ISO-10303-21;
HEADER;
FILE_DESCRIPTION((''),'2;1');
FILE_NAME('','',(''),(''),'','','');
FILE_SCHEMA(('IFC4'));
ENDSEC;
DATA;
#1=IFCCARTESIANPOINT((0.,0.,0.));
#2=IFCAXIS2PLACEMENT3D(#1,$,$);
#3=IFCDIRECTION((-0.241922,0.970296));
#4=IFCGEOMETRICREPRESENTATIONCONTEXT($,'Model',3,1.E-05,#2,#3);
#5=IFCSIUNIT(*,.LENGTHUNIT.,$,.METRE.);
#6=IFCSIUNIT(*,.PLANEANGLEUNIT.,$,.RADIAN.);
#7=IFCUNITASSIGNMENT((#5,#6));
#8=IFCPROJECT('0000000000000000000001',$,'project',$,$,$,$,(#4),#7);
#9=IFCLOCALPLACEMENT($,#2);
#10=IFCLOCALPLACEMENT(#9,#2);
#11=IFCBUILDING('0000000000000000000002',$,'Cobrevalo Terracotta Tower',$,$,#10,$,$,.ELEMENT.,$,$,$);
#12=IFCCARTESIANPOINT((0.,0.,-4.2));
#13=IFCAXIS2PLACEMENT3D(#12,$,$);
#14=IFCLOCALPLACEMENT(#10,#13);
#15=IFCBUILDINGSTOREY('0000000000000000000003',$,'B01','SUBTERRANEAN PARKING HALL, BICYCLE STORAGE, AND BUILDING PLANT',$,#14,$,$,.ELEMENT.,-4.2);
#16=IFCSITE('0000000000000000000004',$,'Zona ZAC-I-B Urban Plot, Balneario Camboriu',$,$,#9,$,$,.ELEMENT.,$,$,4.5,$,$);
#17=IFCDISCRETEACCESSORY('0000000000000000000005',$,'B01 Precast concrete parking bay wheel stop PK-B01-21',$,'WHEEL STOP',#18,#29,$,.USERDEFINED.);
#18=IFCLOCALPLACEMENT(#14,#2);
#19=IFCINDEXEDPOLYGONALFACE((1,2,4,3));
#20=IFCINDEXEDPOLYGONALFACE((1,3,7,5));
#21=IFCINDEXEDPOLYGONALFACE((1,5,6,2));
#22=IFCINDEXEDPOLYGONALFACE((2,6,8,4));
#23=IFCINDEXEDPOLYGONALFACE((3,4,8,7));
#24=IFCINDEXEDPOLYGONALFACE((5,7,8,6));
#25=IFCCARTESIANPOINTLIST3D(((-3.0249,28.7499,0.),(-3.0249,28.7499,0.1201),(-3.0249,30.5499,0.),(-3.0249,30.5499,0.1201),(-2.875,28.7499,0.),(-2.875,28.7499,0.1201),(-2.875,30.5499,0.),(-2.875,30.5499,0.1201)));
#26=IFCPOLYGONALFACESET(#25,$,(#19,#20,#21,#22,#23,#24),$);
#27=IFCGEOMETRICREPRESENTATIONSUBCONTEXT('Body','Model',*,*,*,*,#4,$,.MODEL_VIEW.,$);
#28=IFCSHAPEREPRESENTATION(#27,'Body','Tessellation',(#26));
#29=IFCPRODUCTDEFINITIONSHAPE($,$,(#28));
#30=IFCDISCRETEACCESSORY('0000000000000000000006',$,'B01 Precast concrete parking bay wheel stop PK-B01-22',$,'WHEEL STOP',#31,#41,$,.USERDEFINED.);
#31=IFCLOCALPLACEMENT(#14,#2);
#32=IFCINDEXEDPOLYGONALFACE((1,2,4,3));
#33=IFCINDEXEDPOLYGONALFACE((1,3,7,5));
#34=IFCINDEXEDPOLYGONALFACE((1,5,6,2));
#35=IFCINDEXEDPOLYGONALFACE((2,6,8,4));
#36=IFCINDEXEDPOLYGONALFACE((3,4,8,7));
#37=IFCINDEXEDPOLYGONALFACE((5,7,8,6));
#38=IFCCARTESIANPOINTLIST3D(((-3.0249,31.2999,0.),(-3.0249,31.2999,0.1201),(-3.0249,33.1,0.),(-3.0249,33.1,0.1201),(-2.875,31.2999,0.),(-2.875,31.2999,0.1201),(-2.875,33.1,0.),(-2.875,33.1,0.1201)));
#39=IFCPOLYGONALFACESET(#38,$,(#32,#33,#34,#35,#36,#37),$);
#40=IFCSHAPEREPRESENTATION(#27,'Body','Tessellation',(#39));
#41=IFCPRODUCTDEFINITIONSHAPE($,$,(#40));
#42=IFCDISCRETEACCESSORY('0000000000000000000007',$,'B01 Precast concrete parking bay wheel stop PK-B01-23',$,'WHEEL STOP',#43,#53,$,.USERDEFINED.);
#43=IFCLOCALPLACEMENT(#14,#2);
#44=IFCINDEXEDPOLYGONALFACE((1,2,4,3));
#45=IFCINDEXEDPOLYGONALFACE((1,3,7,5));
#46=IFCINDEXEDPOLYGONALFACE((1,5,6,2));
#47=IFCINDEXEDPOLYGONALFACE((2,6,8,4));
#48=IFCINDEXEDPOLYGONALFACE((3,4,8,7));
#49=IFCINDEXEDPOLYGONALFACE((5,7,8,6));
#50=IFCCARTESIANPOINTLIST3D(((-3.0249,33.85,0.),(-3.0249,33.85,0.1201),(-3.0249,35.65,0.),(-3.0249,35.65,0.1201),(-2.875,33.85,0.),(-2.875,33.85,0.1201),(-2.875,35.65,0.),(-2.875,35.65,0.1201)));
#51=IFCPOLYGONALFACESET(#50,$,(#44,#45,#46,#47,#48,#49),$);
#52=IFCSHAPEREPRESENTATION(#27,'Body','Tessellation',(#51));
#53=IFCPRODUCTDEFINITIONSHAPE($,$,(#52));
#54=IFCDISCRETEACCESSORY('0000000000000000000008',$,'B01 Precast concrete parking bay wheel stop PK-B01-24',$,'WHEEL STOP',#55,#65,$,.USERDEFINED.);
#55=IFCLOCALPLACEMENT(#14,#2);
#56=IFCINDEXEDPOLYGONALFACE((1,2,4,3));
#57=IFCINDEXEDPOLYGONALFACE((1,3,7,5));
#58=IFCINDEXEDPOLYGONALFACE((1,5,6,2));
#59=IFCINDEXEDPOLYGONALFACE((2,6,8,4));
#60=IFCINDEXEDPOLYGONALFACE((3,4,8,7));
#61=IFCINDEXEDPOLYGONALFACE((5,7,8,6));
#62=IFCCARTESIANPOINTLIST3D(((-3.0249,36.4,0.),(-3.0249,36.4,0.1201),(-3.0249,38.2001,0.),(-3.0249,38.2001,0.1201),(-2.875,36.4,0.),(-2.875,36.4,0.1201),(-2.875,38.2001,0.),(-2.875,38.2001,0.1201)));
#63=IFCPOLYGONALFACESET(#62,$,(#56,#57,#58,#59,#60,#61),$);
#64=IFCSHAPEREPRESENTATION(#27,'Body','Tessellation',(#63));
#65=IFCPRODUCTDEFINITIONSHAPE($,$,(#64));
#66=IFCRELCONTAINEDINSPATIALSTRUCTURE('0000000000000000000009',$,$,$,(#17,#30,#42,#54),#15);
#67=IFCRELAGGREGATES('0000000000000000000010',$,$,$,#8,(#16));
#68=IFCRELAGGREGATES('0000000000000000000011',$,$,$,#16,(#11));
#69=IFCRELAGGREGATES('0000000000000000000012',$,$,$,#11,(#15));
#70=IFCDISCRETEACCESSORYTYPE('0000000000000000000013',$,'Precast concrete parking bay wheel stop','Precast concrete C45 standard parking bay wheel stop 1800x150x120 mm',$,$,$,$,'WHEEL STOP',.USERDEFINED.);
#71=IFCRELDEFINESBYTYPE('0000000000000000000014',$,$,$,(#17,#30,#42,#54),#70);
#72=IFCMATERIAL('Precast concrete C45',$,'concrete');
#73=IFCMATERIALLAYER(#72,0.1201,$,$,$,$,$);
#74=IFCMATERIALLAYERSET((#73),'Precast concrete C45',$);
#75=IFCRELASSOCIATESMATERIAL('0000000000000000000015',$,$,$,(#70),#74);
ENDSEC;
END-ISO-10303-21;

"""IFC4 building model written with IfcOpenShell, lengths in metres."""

from ifc_helpers import new_model, si_unit, direction, frame, origin, origin_2d, place, context, subcontext, project, spatial, rectangle, extrude, source, transform, mapped, material, layer, layer_set, type_object, element, save


model = new_model("IFC4")

# Units and contexts
model_context = context("Model", 3, precision=1e-05, world=origin(), true_north=direction((-0.241922, 0.970296)))
body_context = subcontext(model_context, "Body", "Model", "MODEL_VIEW")
ifc_project = project(units=[si_unit("LENGTHUNIT", "METRE"), si_unit("PLANEANGLEUNIT", "RADIAN")], contexts=[model_context])

# Site, building, storey
site_placement = place(None, origin())
site = spatial("IfcSite", under=ifc_project, at=site_placement, Name="Zona ZAC-I-B Urban Plot, Balneario Camboriu", CompositionType="ELEMENT", RefElevation=4.5)
building_placement = place(site_placement, origin())
building = spatial("IfcBuilding", under=site, at=building_placement, Name="Cobrevalo Terracotta Tower", CompositionType="ELEMENT")
storey_placement = place(building_placement, frame((0.0, 0.0, -4.2)))
storey = spatial("IfcBuildingStorey", under=building, at=storey_placement, Name="B01", Description="SUBTERRANEAN PARKING HALL, BICYCLE STORAGE, AND BUILDING PLANT", CompositionType="ELEMENT", Elevation=-4.2)

# Discrete accessories
ifc_material_1 = material(Name="Precast concrete C45", Category="concrete")
ifc_layer_1 = layer(ifc_material_1, 0.1201)
ifc_layer_set_1 = layer_set([ifc_layer_1], Name="Precast concrete C45")
discrete_accessory_type = type_object("IfcDiscreteAccessoryType", Name="Precast concrete parking bay wheel stop", Description="Precast concrete C45 standard parking bay wheel stop 1800x150x120 mm", ElementType="WHEEL STOP", PredefinedType="USERDEFINED", material=ifc_layer_set_1)
shared_shape_1 = source(origin(), body_context, "Body", "SweptSolid", [
    extrude(rectangle(XDim=1.8, YDim=0.1499, at=origin_2d()), origin(), (0.0, 0.0, 1.0), 0.1201),
])
for number, where, z_axis, x_axis, name in (
    (1, (-2.95, 29.6499, 0.0), (0.0, 0.0, 1.0), (0.0, 1.0, 0.0), "B01 Precast concrete parking bay wheel stop PK-B01-21"),
    (2, (-2.95, 32.2, 0.0), (0.0, 0.0, 1.0), (0.0, 1.0, 0.0), "B01 Precast concrete parking bay wheel stop PK-B01-22"),
    (3, (-2.95, 34.75, 0.0), (0.0, 0.0, 1.0), (0.0, 1.0, 0.0), "B01 Precast concrete parking bay wheel stop PK-B01-23"),
    (4, (-2.95, 37.3, 0.0), (0.0, 0.0, 1.0), (0.0, 1.0, 0.0), "B01 Precast concrete parking bay wheel stop PK-B01-24"),
):
    element("IfcDiscreteAccessory", number, at=place(storey_placement, frame(where, z_axis=z_axis, x_axis=x_axis)), inside=storey, type_object=discrete_accessory_type, Name=name, ObjectType="WHEEL STOP", PredefinedType="USERDEFINED", context=body_context, shape_type="MappedRepresentation", body=[
        mapped(shared_shape_1, transform((0.0, 0.0, 0.0), scale=1.0)),
    ])

save(model, "model.ifc")
